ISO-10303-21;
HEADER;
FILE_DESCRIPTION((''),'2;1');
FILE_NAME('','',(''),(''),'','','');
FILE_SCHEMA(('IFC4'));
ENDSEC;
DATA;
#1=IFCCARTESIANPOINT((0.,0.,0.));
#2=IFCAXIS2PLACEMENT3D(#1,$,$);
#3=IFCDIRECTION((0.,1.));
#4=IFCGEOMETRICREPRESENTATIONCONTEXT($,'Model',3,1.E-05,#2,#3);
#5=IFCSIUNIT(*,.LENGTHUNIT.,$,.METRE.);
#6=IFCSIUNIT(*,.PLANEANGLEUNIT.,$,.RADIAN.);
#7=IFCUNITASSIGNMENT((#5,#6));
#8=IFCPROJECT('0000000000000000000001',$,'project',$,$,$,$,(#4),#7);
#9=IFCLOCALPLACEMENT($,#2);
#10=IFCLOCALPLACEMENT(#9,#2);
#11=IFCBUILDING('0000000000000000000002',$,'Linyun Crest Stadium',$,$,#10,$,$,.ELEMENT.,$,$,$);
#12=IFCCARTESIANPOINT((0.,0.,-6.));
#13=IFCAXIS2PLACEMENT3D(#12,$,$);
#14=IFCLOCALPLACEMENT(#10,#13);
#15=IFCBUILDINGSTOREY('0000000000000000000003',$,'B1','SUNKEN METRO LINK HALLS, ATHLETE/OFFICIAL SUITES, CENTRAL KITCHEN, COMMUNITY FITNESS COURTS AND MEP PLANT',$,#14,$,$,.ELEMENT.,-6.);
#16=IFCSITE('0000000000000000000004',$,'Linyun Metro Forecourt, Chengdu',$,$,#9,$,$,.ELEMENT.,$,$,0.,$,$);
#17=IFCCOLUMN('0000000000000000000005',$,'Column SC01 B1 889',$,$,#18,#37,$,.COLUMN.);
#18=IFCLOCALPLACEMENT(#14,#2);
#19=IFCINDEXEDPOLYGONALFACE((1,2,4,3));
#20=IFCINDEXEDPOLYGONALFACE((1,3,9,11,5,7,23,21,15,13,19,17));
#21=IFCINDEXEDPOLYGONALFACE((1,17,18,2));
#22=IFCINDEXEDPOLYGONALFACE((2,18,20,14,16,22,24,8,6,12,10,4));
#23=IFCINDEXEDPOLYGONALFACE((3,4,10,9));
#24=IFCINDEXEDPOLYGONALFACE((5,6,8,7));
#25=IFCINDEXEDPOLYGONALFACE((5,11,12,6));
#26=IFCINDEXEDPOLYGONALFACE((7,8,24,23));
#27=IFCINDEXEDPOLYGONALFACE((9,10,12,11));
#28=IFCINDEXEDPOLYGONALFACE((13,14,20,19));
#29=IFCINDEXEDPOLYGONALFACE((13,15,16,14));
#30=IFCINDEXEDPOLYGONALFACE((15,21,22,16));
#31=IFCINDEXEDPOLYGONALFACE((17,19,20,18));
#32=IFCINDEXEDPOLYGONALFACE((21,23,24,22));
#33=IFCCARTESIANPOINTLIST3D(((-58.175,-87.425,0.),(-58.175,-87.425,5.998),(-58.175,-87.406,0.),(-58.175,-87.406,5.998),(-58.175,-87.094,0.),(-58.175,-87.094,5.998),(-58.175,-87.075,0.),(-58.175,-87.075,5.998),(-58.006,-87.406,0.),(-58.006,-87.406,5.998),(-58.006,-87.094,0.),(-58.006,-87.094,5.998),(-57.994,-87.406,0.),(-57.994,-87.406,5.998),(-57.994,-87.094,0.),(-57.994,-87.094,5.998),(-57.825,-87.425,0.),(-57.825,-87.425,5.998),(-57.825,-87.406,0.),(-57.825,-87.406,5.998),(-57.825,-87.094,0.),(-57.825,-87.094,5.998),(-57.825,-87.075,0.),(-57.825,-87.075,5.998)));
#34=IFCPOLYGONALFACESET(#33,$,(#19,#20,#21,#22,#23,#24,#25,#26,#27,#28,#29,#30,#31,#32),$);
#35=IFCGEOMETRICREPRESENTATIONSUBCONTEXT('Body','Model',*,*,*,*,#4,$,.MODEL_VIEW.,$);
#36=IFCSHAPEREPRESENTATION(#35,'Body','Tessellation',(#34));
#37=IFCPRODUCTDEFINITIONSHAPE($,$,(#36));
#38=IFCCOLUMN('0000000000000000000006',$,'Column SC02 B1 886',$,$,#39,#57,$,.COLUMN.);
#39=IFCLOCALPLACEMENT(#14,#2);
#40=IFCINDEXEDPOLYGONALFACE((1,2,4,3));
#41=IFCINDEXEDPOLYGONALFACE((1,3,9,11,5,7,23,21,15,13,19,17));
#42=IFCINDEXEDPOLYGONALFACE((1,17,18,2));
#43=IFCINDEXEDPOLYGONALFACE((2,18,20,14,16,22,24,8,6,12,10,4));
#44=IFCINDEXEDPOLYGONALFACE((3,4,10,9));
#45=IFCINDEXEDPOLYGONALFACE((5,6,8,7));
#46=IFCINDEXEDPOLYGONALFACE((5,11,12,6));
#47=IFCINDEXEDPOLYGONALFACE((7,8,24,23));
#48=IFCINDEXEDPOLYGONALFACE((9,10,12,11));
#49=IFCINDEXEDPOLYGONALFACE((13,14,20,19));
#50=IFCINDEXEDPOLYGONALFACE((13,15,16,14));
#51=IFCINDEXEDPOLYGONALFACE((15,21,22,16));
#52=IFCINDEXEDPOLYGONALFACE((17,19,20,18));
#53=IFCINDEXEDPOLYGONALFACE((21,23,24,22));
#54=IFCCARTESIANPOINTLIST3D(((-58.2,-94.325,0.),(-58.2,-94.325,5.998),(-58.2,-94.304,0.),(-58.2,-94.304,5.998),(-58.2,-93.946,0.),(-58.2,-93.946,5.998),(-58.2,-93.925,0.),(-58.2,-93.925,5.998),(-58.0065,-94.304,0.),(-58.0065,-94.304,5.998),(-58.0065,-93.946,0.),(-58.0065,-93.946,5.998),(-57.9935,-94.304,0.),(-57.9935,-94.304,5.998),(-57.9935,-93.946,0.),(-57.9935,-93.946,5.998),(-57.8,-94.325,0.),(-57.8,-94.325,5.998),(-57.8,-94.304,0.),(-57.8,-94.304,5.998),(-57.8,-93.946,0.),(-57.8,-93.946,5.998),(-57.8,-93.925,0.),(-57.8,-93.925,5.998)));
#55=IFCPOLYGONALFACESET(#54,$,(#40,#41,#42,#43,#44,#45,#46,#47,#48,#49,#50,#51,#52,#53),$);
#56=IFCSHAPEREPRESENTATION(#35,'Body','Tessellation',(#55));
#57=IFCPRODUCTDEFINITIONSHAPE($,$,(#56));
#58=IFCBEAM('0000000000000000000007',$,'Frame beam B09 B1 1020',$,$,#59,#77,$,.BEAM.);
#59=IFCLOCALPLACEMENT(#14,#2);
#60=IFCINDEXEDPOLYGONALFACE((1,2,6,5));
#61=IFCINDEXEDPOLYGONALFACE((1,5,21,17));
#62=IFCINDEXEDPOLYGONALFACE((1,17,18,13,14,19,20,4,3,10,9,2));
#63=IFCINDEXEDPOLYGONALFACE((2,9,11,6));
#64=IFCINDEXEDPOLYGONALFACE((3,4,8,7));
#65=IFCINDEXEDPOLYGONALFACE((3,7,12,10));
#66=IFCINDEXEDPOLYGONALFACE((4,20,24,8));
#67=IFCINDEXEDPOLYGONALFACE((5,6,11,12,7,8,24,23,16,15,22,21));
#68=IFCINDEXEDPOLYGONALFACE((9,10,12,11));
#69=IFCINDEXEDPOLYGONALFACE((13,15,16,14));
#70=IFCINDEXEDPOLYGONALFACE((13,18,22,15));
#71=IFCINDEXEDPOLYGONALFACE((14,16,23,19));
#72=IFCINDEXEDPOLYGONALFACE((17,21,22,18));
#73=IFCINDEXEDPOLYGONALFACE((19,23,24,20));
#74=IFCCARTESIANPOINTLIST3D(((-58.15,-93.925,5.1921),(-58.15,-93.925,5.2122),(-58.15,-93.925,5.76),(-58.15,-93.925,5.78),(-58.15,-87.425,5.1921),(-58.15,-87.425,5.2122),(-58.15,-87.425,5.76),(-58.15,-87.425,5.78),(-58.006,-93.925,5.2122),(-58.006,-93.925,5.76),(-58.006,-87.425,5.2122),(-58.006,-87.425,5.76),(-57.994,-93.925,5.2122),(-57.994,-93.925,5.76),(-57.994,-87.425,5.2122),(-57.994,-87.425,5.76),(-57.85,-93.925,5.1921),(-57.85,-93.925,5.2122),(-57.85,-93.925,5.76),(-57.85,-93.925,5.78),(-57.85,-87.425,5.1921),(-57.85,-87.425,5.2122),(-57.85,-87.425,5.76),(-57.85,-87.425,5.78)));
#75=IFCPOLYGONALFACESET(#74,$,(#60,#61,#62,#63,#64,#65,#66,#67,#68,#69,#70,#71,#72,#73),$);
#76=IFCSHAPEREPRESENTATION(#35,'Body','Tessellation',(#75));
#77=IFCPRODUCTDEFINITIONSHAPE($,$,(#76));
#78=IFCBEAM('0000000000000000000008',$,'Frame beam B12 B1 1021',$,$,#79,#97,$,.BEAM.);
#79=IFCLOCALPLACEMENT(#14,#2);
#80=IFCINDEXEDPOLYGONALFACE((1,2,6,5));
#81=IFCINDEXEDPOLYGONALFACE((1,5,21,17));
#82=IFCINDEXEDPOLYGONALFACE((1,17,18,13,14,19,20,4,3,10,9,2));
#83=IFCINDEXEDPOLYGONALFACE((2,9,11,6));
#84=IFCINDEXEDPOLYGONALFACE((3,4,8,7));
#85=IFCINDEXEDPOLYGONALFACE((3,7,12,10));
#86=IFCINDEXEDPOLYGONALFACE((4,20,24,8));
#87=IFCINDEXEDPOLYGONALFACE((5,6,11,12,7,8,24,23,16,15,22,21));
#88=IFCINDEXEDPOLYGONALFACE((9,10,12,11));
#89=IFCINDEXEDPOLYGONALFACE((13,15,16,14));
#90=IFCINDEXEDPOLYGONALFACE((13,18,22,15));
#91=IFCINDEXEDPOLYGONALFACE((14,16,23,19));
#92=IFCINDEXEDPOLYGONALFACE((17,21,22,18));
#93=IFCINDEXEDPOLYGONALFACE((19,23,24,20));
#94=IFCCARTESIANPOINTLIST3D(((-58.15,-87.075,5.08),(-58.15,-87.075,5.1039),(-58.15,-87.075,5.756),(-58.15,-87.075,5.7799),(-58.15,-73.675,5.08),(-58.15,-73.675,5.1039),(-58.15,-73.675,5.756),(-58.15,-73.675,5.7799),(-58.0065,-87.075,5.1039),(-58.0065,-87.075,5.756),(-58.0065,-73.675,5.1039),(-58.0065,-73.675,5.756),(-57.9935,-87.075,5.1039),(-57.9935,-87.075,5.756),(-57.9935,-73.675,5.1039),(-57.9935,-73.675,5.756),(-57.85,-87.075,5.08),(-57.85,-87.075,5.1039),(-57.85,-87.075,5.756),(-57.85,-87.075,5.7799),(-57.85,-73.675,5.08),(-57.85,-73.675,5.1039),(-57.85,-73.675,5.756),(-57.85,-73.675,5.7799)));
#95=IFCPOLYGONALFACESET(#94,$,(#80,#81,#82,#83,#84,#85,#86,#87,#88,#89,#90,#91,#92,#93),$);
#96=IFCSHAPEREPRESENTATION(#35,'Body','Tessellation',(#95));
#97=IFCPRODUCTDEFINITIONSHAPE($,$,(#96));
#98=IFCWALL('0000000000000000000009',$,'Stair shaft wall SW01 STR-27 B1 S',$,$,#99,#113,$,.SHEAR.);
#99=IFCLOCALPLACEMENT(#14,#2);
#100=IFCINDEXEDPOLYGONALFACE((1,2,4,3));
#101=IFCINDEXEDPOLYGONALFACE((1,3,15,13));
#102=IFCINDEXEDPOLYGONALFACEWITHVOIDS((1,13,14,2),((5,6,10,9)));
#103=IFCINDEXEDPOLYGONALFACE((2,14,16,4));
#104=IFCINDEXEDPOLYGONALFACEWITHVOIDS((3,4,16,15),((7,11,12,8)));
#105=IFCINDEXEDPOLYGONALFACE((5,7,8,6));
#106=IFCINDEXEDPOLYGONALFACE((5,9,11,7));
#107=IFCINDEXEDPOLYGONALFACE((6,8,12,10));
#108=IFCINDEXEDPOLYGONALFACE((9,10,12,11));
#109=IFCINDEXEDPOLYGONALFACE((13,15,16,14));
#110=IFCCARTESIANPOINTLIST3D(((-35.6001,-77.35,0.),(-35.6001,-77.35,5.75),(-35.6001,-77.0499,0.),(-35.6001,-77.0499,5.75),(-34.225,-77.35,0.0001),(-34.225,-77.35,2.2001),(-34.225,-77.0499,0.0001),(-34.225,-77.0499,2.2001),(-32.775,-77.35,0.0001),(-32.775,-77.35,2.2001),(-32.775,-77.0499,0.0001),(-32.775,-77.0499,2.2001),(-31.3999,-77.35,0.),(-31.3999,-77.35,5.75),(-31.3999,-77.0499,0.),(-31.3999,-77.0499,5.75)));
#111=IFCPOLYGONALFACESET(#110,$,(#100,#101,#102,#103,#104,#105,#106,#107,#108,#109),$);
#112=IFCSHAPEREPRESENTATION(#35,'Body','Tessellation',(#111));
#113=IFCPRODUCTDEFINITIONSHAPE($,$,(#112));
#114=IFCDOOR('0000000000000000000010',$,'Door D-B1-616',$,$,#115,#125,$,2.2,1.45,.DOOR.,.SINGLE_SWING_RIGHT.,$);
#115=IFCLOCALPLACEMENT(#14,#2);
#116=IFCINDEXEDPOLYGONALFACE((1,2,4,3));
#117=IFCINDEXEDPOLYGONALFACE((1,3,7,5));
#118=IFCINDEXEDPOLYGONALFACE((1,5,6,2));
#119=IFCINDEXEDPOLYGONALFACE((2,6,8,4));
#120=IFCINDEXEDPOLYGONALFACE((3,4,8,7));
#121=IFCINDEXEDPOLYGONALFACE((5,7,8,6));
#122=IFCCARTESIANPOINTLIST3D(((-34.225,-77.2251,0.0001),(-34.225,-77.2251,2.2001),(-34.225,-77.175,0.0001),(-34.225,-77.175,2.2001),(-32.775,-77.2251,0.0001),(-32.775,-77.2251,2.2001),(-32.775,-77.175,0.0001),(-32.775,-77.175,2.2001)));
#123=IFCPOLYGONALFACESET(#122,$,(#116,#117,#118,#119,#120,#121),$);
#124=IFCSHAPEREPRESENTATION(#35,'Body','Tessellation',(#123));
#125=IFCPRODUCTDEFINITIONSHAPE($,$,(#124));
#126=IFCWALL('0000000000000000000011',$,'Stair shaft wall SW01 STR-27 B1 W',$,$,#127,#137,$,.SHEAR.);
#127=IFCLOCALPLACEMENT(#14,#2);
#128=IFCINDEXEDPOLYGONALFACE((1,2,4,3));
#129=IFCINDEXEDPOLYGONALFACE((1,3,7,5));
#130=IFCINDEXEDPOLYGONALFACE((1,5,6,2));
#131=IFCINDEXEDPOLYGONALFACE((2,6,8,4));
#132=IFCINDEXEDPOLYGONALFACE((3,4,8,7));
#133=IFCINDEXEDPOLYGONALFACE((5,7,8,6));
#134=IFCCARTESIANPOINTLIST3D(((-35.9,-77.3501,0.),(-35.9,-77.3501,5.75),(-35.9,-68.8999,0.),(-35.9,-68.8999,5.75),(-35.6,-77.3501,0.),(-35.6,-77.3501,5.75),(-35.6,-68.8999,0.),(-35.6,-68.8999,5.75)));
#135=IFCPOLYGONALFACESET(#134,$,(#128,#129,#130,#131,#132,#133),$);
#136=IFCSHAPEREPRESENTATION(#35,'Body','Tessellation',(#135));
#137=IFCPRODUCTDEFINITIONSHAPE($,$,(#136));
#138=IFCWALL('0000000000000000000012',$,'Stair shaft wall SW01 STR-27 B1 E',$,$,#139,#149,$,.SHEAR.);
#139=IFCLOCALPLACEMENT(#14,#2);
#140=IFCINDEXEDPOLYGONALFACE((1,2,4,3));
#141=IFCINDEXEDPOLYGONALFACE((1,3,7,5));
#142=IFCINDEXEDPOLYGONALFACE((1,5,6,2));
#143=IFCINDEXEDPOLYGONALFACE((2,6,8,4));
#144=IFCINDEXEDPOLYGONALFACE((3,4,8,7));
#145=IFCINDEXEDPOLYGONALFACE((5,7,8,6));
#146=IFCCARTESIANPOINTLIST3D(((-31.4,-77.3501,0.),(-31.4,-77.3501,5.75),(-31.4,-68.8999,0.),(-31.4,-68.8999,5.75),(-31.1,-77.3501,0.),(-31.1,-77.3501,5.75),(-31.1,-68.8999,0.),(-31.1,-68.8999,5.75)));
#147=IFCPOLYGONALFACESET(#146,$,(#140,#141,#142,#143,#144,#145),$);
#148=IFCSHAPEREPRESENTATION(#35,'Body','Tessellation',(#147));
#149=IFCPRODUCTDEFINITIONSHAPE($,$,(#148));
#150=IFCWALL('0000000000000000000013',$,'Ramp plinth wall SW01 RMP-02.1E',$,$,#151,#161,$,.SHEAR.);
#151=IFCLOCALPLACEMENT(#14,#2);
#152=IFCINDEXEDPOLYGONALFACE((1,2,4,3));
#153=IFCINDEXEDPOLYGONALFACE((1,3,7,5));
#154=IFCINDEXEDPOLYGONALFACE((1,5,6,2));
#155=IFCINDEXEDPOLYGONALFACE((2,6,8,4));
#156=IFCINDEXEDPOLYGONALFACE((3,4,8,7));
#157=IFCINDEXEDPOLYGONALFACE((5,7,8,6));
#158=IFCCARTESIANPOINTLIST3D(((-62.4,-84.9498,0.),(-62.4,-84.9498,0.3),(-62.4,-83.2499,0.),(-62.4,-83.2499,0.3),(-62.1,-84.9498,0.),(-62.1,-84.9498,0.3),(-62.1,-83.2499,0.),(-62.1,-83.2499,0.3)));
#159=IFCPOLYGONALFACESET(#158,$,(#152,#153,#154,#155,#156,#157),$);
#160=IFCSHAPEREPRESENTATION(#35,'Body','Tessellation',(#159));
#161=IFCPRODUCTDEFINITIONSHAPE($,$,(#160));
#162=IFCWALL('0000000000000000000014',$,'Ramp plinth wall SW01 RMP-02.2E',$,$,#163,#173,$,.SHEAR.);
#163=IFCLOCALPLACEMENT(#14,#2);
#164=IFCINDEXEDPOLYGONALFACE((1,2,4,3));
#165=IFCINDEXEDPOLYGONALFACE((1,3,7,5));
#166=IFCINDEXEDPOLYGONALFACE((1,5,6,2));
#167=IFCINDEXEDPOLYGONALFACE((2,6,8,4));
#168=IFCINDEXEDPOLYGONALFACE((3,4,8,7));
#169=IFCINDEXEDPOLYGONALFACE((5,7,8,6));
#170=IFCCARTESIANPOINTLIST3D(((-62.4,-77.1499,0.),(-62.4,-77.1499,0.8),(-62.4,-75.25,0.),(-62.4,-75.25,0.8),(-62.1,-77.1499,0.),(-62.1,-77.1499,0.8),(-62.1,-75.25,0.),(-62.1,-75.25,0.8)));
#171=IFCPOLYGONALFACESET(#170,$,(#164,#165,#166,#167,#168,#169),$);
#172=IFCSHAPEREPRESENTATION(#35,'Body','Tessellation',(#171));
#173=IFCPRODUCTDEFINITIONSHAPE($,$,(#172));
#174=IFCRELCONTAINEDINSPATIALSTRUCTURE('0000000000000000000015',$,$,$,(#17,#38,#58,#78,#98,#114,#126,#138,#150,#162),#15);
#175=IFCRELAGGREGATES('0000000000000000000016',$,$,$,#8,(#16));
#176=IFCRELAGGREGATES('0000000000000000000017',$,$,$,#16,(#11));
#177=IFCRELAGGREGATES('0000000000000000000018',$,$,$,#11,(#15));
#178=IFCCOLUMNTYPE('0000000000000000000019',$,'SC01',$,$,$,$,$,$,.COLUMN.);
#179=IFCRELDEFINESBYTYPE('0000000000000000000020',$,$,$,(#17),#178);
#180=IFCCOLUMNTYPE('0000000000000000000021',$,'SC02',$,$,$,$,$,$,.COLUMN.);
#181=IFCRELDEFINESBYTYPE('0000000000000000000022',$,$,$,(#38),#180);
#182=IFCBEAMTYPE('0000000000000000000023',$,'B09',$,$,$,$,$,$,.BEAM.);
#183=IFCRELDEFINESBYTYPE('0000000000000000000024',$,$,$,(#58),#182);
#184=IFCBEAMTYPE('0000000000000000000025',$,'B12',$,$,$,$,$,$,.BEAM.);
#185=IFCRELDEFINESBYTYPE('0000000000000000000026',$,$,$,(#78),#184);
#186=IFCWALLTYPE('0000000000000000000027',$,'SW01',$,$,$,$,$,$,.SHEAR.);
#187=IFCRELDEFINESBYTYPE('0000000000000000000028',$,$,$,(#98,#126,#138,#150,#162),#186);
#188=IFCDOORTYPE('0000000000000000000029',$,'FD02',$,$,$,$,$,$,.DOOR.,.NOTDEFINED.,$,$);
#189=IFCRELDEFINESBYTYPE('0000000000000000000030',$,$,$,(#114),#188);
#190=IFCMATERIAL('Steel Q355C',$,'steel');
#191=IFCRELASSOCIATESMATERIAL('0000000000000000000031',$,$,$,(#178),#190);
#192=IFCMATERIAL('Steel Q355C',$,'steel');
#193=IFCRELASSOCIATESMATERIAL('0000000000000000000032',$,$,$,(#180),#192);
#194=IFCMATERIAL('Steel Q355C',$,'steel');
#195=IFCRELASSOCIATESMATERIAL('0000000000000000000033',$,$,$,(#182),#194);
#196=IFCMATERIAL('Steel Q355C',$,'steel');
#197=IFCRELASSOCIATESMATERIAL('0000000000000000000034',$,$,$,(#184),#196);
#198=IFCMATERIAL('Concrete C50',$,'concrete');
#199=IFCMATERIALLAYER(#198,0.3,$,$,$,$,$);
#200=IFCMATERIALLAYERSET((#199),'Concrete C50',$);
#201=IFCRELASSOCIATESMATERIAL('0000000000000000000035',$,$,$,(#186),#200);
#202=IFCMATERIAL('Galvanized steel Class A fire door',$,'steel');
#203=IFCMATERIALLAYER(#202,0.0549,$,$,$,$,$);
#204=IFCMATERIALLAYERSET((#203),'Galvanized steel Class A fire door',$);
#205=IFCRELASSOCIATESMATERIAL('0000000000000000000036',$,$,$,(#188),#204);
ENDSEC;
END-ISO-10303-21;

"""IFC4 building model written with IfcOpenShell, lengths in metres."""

from ifc_helpers import new_model, si_unit, direction, frame, frame_2d, origin, origin_2d, place, context, subcontext, project, spatial, rectangle, i_section, extrude, material, layer, layer_set, material_profile, profile_set, type_object, element, fill, save


model = new_model("IFC4")

# Units and contexts
model_context = context("Model", 3, precision=1e-05, world=origin(), true_north=direction((0.0, 1.0)))
body_context = subcontext(model_context, "Body", "Model", "MODEL_VIEW")
ifc_project = project(units=[si_unit("LENGTHUNIT", "METRE"), si_unit("PLANEANGLEUNIT", "RADIAN")], contexts=[model_context])

# Site, building, storey
site_placement = place(None, origin())
site = spatial("IfcSite", under=ifc_project, at=site_placement, Name="Linyun Metro Forecourt, Chengdu", CompositionType="ELEMENT", RefElevation=0.0)
building_placement = place(site_placement, origin())
building = spatial("IfcBuilding", under=site, at=building_placement, Name="Linyun Crest Stadium", CompositionType="ELEMENT")
storey_placement = place(building_placement, frame((0.0, 0.0, -6.0)))
storey = spatial("IfcBuildingStorey", under=building, at=storey_placement, Name="B1", Description="SUNKEN METRO LINK HALLS, ATHLETE/OFFICIAL SUITES, CENTRAL KITCHEN, COMMUNITY FITNESS COURTS AND MEP PLANT", CompositionType="ELEMENT", Elevation=-6.0)

# Columns
ifc_material_1 = material(Name="Steel Q355C", Category="steel")
ifc_material_profile_1 = material_profile(ifc_material_1, i_section(OverallWidth=0.3501, OverallDepth=0.3501, WebThickness=0.012, FlangeThickness=0.019, at=origin_2d()), Name="HW 350x350")
ifc_profile_set_1 = profile_set([ifc_material_profile_1], Name="Steel Q355C")
column_type_1 = type_object("IfcColumnType", Name="SC01", PredefinedType="COLUMN", material=ifc_profile_set_1)
column_1_placement = place(storey_placement, frame((-58.0, -87.25, 0.0), z_axis=(0.0, 0.0, 1.0), x_axis=(1.0, 0.0, 0.0)))
element("IfcColumn", 1, at=column_1_placement, inside=storey, type_object=column_type_1, Name="Column SC01 B1 889", PredefinedType="COLUMN", context=body_context, shape_type="SweptSolid", body=[
    extrude(i_section(OverallWidth=0.3501, OverallDepth=0.3501, WebThickness=0.012, FlangeThickness=0.019, at=origin_2d()), origin(), (0.0, 0.0, 1.0), 5.998),
])
ifc_material_2 = material(Name="Steel Q355C", Category="steel")
ifc_material_profile_2 = material_profile(ifc_material_2, i_section(OverallWidth=0.3999, OverallDepth=0.3999, WebThickness=0.0129, FlangeThickness=0.021, at=origin_2d()), Name="HW 400x400")
ifc_profile_set_2 = profile_set([ifc_material_profile_2], Name="Steel Q355C")
column_type_2 = type_object("IfcColumnType", Name="SC02", PredefinedType="COLUMN", material=ifc_profile_set_2)
column_2_placement = place(storey_placement, frame((-58.0, -94.125, 0.0), z_axis=(0.0, 0.0, 1.0), x_axis=(1.0, 0.0, 0.0)))
element("IfcColumn", 2, at=column_2_placement, inside=storey, type_object=column_type_2, Name="Column SC02 B1 886", PredefinedType="COLUMN", context=body_context, shape_type="SweptSolid", body=[
    extrude(i_section(OverallWidth=0.3999, OverallDepth=0.3999, WebThickness=0.0129, FlangeThickness=0.021, at=origin_2d()), origin(), (0.0, 0.0, 1.0), 5.998),
])

# Beams
ifc_material_3 = material(Name="Steel Q355C", Category="steel")
ifc_material_profile_3 = material_profile(ifc_material_3, i_section(OverallWidth=0.3, OverallDepth=0.5879, WebThickness=0.012, FlangeThickness=0.02, at=origin_2d()), Name="HM 588x300")
ifc_profile_set_3 = profile_set([ifc_material_profile_3], Name="Steel Q355C")
beam_type_1 = type_object("IfcBeamType", Name="B09", PredefinedType="BEAM", material=ifc_profile_set_3)
beam_1_placement = place(storey_placement, frame((-58.0, -93.925, 5.4861), z_axis=(0.0, 1.0, 0.0), x_axis=(-1.0, 0.0, 0.0)))
element("IfcBeam", 3, at=beam_1_placement, inside=storey, type_object=beam_type_1, Name="Frame beam B09 B1 1020", PredefinedType="BEAM", context=body_context, shape_type="SweptSolid", body=[
    extrude(i_section(OverallWidth=0.3, OverallDepth=0.5879, WebThickness=0.012, FlangeThickness=0.02, at=origin_2d()), origin(), (0.0, 0.0, 1.0), 6.5),
])
ifc_material_4 = material(Name="Steel Q355C", Category="steel")
ifc_material_profile_4 = material_profile(ifc_material_4, i_section(OverallWidth=0.3, OverallDepth=0.7, WebThickness=0.0129, FlangeThickness=0.0239, at=origin_2d()), Name="HN 700x300")
ifc_profile_set_4 = profile_set([ifc_material_profile_4], Name="Steel Q355C")
beam_type_2 = type_object("IfcBeamType", Name="B12", PredefinedType="BEAM", material=ifc_profile_set_4)
beam_2_placement = place(storey_placement, frame((-58.0, -87.075, 5.4299), z_axis=(0.0, 1.0, 0.0), x_axis=(-1.0, 0.0, 0.0)))
element("IfcBeam", 4, at=beam_2_placement, inside=storey, type_object=beam_type_2, Name="Frame beam B12 B1 1021", PredefinedType="BEAM", context=body_context, shape_type="SweptSolid", body=[
    extrude(i_section(OverallWidth=0.3, OverallDepth=0.7, WebThickness=0.0129, FlangeThickness=0.0239, at=origin_2d()), origin(), (0.0, 0.0, 1.0), 13.3999),
])

# Wall, opening, door
ifc_material_5 = material(Name="Concrete C50", Category="concrete")
ifc_layer_1 = layer(ifc_material_5, 0.3)
ifc_layer_set_1 = layer_set([ifc_layer_1], Name="Concrete C50")
wall_type_1 = type_object("IfcWallType", Name="SW01", PredefinedType="SHEAR", material=ifc_layer_set_1)
wall_1_placement = place(storey_placement, frame((-35.6001, -77.2, 0.0), z_axis=(0.0, 0.0, 1.0), x_axis=(1.0, 0.0, 0.0)))
wall_1 = element("IfcWall", 5, at=wall_1_placement, inside=storey, type_object=wall_type_1, Name="Stair shaft wall SW01 STR-27 B1 S", PredefinedType="SHEAR", context=body_context, shape_type="SweptSolid", body=[
    extrude(rectangle(XDim=4.2002, YDim=0.3, at=frame_2d((2.1001, 0.0))), origin(), (0.0, 0.0, 1.0), 5.75),
])
opening_1_placement = place(wall_1_placement, frame((1.375, 0.0, 0.0)))
opening_1 = element("IfcOpeningElement", 6, at=opening_1_placement, cuts=wall_1, PredefinedType="OPENING", context=body_context, shape_type="SweptSolid", body=[
    extrude(rectangle(XDim=1.45, YDim=2.2, at=frame_2d((0.7251, 1.1001))), frame((0.0, 0.1599, 0.0), z_axis=(0.0, -1.0, 0.0), x_axis=(1.0, 0.0, 0.0)), (0.0, 0.0, 1.0), 0.3201),
])
ifc_material_6 = material(Name="Galvanized steel Class A fire door", Category="steel")
ifc_layer_2 = layer(ifc_material_6, 0.0549)
ifc_layer_set_2 = layer_set([ifc_layer_2], Name="Galvanized steel Class A fire door")
door_type_1 = type_object("IfcDoorType", Name="FD02", OperationType="NOTDEFINED", PredefinedType="DOOR", material=ifc_layer_set_2)
door_1_placement = place(opening_1_placement, origin())
door_1 = element("IfcDoor", 7, at=door_1_placement, inside=storey, type_object=door_type_1, Name="Door D-B1-616", OperationType="SINGLE_SWING_RIGHT", OverallHeight=2.2, OverallWidth=1.45, PredefinedType="DOOR", context=body_context, shape_type="SweptSolid", body=[
    extrude(rectangle(XDim=1.45, YDim=2.2, at=frame_2d((0.7251, 1.1001))), frame((0.0, 0.0249, 0.0), z_axis=(0.0, -1.0, 0.0), x_axis=(1.0, 0.0, 0.0)), (0.0, 0.0, 1.0), 0.05),
])
fill(opening_1, door_1)

# Walls
for number, where, z_axis, x_axis, name in (
    (8, (-35.75, -77.3501, 0.0), (0.0, 0.0, 1.0), (0.0, 1.0, 0.0), "Stair shaft wall SW01 STR-27 B1 W"),
    (9, (-31.25, -77.3501, 0.0), (0.0, 0.0, 1.0), (0.0, 1.0, 0.0), "Stair shaft wall SW01 STR-27 B1 E"),
):
    element("IfcWall", number, at=place(storey_placement, frame(where, z_axis=z_axis, x_axis=x_axis)), inside=storey, type_object=wall_type_1, Name=name, PredefinedType="SHEAR", context=body_context, shape_type="SweptSolid", body=[
        extrude(rectangle(XDim=8.4502, YDim=0.3, at=frame_2d((4.2251, 0.0))), origin(), (0.0, 0.0, 1.0), 5.75),
    ])
wall_2_placement = place(storey_placement, frame((-62.25, -84.95, 0.0), z_axis=(0.0, 0.0, 1.0), x_axis=(0.0, 1.0, 0.0)))
element("IfcWall", 10, at=wall_2_placement, inside=storey, type_object=wall_type_1, Name="Ramp plinth wall SW01 RMP-02.1E", PredefinedType="SHEAR", context=body_context, shape_type="SweptSolid", body=[
    extrude(rectangle(XDim=1.7, YDim=0.3, at=frame_2d((0.8501, 0.0))), origin(), (0.0, 0.0, 1.0), 0.3),
])
wall_3_placement = place(storey_placement, frame((-62.25, -77.1499, 0.0), z_axis=(0.0, 0.0, 1.0), x_axis=(0.0, 1.0, 0.0)))
element("IfcWall", 11, at=wall_3_placement, inside=storey, type_object=wall_type_1, Name="Ramp plinth wall SW01 RMP-02.2E", PredefinedType="SHEAR", context=body_context, shape_type="SweptSolid", body=[
    extrude(rectangle(XDim=1.8999, YDim=0.3, at=frame_2d((0.95, 0.0))), origin(), (0.0, 0.0, 1.0), 0.8),
])

save(model, "model.ifc")
